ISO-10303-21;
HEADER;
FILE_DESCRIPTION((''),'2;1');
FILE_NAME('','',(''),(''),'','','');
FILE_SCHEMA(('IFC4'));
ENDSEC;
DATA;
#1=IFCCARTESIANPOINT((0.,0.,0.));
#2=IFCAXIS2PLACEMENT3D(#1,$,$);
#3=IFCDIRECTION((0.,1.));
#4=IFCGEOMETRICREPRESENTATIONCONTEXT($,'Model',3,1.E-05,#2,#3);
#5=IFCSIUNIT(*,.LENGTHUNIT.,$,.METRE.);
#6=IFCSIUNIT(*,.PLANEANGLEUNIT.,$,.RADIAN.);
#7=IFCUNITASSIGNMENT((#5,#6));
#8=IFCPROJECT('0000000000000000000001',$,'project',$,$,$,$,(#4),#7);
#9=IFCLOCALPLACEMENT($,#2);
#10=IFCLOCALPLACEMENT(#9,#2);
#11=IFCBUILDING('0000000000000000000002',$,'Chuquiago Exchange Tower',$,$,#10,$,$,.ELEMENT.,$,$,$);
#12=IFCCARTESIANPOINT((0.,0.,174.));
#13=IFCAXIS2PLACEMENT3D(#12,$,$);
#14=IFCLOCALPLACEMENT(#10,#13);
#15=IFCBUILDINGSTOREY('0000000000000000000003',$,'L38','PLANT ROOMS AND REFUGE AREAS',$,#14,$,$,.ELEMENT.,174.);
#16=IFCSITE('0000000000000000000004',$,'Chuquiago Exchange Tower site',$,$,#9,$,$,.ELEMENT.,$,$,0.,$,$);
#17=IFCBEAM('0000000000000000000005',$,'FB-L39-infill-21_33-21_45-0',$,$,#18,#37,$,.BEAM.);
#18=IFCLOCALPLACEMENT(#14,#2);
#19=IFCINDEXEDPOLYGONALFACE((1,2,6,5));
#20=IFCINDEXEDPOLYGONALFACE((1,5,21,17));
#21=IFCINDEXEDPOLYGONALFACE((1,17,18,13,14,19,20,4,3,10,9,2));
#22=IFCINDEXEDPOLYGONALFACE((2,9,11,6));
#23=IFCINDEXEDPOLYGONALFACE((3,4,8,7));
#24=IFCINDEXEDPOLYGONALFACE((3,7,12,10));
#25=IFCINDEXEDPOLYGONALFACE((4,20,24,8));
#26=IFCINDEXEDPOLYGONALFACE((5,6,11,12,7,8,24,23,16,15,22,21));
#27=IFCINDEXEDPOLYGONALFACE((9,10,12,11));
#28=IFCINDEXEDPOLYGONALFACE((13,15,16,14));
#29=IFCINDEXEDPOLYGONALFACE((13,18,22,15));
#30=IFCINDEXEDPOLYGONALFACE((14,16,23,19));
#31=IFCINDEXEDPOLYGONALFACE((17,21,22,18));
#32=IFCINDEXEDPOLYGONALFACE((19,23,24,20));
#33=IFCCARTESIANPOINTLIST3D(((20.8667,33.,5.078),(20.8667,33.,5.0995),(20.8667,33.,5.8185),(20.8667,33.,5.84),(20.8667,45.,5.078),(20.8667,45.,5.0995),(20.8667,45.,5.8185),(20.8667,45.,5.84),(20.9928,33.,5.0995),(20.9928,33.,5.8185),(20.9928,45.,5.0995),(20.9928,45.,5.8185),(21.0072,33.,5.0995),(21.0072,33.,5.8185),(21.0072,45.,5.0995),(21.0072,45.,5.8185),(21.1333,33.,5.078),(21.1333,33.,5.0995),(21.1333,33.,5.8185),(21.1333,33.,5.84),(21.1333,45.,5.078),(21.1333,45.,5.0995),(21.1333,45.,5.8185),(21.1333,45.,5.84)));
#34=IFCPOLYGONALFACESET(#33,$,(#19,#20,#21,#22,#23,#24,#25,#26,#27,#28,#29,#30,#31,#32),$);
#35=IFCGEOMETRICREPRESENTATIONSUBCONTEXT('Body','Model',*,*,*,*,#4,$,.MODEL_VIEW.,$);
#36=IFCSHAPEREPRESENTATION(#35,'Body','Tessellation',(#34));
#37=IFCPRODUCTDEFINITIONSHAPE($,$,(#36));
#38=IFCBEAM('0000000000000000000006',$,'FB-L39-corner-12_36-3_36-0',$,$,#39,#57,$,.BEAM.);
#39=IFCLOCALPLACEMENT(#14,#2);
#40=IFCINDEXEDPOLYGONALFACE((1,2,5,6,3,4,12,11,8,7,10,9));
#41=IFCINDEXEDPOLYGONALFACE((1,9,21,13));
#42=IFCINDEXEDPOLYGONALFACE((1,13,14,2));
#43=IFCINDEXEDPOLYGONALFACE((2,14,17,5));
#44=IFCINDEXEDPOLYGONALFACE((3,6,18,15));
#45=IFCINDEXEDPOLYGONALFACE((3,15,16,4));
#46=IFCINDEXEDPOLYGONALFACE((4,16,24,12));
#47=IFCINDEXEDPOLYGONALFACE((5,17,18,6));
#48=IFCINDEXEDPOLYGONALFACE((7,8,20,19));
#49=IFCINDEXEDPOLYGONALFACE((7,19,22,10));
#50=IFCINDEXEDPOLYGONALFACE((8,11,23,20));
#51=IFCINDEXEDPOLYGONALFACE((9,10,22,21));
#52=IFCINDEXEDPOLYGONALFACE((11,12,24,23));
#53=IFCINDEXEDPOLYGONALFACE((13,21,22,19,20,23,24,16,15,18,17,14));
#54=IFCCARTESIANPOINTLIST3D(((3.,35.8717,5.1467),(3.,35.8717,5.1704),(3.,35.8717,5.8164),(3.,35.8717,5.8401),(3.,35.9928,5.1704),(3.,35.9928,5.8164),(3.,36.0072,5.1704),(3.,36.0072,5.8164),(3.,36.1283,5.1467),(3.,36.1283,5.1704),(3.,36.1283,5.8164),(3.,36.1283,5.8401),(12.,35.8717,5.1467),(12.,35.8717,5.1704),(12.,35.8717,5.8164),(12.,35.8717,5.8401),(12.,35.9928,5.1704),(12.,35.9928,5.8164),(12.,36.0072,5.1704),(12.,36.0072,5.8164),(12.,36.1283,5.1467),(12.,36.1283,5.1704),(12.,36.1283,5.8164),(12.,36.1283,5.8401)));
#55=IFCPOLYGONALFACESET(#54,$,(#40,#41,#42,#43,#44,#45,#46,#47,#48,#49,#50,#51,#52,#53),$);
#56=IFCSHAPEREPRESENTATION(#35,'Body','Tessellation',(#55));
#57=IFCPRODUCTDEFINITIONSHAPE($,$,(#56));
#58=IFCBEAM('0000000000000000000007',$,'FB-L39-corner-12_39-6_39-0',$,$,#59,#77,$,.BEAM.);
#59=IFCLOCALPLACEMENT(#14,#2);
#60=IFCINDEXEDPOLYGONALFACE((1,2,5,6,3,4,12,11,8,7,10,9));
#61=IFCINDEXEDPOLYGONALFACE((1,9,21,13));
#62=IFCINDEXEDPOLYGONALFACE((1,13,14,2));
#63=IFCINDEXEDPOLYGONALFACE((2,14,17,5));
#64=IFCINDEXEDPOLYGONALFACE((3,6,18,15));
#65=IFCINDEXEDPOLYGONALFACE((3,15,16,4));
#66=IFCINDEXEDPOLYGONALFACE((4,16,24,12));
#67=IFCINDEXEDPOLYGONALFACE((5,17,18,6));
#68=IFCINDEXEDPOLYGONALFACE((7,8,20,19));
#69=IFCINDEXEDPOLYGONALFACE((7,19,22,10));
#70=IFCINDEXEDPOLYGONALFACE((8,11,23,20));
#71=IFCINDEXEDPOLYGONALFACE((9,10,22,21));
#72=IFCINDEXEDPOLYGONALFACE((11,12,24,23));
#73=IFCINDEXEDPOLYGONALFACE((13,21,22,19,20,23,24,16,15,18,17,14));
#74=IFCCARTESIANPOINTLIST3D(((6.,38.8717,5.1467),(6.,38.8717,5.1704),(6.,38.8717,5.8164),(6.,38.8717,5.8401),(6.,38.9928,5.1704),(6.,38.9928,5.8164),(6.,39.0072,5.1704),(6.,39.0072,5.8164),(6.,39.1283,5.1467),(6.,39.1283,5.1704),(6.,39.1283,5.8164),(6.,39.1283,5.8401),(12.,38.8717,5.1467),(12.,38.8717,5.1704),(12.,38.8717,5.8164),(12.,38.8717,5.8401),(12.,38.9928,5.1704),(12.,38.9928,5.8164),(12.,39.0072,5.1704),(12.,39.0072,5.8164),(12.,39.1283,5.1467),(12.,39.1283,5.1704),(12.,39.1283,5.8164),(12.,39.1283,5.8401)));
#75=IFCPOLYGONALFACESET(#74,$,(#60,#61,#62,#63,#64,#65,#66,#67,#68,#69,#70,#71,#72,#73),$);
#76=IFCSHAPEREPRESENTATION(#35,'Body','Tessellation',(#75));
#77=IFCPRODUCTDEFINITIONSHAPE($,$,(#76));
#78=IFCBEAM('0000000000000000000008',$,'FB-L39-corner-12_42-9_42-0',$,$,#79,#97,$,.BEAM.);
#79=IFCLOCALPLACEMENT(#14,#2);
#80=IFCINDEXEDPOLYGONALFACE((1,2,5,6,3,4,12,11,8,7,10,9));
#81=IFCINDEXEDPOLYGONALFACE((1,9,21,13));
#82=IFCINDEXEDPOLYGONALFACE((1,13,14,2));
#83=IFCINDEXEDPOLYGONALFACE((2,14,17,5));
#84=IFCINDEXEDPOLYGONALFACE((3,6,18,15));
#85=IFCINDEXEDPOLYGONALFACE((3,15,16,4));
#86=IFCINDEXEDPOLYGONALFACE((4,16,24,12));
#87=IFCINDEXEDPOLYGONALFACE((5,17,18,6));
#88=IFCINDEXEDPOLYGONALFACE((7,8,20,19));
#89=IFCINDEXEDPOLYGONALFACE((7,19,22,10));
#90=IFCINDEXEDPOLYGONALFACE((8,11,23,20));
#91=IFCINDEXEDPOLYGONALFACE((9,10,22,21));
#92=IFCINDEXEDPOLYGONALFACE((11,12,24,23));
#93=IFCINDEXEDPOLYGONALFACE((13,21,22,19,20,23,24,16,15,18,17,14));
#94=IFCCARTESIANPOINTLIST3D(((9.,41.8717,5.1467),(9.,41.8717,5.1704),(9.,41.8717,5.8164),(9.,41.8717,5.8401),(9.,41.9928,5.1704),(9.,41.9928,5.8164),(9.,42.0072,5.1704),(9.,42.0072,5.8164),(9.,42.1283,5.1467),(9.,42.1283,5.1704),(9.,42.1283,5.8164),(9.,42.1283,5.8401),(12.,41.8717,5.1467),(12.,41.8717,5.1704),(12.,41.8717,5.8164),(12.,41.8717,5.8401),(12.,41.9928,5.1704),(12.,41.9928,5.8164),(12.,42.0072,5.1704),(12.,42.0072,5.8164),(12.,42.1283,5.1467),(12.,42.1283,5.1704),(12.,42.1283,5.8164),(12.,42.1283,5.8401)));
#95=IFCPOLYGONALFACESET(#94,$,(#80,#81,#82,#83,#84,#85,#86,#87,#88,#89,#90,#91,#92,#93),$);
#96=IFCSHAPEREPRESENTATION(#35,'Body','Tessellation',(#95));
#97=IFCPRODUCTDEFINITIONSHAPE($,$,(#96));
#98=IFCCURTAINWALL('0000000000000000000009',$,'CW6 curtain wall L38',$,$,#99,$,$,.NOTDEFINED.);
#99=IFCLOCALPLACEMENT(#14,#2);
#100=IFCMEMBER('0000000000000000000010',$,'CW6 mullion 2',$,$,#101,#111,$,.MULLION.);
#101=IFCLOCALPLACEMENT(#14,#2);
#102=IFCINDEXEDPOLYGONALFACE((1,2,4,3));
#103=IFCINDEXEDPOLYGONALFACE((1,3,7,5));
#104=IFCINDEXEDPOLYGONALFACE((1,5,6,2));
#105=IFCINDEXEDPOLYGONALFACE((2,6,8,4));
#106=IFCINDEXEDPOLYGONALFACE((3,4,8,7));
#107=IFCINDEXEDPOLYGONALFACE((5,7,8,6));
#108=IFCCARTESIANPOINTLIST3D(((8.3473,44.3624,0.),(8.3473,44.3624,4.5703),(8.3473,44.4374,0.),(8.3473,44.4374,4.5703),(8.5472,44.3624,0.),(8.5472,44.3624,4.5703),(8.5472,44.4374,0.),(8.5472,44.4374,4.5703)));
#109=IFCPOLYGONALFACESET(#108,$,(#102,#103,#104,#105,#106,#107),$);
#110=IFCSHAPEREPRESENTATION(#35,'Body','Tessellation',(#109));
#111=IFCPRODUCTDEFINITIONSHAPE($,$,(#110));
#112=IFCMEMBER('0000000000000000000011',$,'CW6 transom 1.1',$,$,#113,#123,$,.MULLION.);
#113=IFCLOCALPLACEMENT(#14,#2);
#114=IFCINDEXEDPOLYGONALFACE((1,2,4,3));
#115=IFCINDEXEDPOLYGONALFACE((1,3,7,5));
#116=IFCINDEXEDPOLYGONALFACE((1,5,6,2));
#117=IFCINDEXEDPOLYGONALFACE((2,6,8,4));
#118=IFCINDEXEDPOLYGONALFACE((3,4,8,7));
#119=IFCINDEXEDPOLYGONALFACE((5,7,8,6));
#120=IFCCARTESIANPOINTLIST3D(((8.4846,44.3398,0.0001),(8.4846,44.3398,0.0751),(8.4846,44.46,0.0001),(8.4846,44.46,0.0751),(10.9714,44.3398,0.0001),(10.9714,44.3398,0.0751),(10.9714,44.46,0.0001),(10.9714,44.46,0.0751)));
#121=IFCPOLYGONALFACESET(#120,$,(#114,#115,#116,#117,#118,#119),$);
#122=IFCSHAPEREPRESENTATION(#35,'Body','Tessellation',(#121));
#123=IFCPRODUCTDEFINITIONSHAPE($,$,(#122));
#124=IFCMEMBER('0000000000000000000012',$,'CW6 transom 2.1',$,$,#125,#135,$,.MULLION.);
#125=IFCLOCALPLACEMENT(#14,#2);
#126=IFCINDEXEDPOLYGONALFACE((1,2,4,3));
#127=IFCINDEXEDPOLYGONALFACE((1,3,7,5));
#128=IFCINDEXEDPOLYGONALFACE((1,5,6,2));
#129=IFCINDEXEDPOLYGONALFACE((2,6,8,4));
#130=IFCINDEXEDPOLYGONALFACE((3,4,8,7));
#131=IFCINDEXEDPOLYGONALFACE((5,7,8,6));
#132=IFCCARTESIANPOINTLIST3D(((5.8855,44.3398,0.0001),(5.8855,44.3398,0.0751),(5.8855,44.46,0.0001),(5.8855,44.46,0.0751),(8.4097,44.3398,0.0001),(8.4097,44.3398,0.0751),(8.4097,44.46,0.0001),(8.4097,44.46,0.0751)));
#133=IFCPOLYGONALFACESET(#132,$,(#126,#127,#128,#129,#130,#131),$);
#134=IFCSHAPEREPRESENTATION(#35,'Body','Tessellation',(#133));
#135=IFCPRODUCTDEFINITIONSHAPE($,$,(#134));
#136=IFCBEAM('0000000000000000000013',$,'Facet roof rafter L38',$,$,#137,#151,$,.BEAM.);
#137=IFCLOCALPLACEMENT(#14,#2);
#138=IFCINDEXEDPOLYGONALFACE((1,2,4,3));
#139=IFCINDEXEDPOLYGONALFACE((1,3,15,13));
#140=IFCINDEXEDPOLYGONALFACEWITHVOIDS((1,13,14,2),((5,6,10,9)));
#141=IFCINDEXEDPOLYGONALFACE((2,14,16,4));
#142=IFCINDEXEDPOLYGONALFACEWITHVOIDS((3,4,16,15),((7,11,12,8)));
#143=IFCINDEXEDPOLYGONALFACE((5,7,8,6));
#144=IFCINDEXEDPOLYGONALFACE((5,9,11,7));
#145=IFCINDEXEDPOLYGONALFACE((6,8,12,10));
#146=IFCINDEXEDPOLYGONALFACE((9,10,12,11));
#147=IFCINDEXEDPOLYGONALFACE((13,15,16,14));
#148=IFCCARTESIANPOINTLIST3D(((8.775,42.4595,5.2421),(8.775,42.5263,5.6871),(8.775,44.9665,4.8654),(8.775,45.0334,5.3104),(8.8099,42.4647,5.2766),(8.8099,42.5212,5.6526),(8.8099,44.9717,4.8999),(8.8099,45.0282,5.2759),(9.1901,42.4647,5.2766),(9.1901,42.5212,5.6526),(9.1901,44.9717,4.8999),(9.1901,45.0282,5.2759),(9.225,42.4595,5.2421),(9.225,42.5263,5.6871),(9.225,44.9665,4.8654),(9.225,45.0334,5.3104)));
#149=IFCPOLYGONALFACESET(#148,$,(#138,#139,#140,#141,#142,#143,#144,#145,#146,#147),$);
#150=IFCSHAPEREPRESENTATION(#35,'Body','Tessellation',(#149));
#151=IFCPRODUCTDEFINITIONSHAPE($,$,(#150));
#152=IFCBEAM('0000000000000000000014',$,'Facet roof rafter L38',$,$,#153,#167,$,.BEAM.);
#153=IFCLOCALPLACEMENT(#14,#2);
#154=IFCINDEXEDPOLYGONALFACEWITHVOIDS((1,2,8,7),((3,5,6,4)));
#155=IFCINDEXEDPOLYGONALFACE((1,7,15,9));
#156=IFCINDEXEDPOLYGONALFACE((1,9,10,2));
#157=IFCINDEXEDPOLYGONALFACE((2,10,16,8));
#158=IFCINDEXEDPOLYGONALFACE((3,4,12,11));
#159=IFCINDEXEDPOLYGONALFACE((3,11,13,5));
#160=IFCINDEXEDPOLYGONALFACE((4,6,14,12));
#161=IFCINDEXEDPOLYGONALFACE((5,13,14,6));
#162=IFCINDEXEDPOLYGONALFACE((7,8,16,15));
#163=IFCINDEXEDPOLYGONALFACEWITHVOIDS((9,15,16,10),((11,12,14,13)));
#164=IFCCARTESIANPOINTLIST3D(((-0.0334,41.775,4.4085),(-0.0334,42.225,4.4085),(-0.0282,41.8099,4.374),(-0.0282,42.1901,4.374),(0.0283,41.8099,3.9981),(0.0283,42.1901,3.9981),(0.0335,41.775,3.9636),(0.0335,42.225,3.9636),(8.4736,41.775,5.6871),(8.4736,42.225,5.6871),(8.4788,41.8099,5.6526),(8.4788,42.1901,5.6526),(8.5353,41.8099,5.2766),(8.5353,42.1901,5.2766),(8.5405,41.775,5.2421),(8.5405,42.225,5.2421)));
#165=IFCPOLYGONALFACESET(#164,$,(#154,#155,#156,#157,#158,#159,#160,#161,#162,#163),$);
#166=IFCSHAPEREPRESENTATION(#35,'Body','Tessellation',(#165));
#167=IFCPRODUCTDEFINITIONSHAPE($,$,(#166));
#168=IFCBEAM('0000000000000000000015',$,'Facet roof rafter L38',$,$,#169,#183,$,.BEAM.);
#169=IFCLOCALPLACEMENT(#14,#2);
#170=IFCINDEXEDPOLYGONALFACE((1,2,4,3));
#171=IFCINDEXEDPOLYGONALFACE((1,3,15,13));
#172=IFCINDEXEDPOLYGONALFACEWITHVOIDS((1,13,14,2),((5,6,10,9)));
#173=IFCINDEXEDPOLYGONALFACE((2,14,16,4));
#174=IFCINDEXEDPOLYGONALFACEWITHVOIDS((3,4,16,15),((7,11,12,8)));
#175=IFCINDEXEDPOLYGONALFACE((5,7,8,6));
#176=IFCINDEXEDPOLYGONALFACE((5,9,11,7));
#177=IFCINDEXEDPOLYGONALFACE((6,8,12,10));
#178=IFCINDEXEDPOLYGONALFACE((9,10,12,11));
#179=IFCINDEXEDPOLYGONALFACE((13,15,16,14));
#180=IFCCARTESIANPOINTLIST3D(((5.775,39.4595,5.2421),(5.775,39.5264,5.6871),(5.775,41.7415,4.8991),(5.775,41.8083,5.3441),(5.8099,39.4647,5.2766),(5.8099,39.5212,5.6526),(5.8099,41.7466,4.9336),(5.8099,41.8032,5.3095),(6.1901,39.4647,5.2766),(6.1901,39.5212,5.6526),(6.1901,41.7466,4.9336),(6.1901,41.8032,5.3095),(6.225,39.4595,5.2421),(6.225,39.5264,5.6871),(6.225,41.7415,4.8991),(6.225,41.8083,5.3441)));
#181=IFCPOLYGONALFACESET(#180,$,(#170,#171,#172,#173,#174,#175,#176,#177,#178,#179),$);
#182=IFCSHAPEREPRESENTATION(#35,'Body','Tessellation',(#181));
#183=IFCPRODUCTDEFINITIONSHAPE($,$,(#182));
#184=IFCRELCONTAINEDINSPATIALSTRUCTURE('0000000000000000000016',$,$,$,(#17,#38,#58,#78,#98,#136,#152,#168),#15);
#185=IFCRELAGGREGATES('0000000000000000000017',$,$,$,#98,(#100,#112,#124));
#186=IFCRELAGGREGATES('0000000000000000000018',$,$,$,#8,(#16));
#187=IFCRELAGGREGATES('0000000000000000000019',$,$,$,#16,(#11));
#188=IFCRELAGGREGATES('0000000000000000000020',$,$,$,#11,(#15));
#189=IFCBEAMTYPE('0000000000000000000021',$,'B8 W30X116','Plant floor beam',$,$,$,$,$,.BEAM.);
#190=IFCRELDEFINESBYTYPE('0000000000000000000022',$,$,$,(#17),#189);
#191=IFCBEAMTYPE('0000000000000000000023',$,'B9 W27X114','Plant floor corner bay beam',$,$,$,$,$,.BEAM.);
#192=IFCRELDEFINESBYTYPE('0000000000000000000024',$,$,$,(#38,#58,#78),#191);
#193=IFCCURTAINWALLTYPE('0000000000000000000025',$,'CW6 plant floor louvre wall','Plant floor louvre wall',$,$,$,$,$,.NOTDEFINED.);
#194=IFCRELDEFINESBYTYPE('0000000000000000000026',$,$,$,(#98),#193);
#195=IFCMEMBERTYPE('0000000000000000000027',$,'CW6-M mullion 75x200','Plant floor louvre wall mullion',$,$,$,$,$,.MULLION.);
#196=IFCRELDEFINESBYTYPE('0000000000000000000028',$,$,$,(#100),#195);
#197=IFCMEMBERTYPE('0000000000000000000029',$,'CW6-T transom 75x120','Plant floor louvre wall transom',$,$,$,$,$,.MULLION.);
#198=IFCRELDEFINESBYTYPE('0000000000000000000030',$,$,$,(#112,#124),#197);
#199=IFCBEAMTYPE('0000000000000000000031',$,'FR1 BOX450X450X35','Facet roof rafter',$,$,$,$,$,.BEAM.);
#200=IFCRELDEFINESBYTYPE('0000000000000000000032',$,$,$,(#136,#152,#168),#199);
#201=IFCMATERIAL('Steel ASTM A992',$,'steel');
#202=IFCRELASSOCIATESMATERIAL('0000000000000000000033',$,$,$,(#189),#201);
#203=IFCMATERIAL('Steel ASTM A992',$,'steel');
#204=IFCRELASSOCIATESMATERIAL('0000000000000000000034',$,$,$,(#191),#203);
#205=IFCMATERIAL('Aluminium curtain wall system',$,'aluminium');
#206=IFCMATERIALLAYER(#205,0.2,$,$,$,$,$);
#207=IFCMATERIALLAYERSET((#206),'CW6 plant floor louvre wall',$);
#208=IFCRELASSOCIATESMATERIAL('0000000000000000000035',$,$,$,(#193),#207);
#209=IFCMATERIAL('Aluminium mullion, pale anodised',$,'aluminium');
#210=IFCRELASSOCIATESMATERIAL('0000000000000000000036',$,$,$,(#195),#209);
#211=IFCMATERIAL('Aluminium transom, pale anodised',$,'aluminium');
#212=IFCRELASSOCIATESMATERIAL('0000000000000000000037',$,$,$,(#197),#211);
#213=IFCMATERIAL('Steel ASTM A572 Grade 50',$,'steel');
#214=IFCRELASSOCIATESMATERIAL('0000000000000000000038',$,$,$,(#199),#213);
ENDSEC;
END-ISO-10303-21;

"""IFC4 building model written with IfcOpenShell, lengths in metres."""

from ifc_helpers import new_model, si_unit, direction, frame, origin, origin_2d, place, context, subcontext, project, spatial, rectangle, hollow_rectangle, i_section, extrude, material, layer, layer_set, material_profile, profile_set, type_object, element, aggregate, save


model = new_model("IFC4")

# Units and contexts
model_context = context("Model", 3, precision=1e-05, world=origin(), true_north=direction((0.0, 1.0)))
body_context = subcontext(model_context, "Body", "Model", "MODEL_VIEW")
ifc_project = project(units=[si_unit("LENGTHUNIT", "METRE"), si_unit("PLANEANGLEUNIT", "RADIAN")], contexts=[model_context])

# Site, building, storey
site_placement = place(None, origin())
site = spatial("IfcSite", under=ifc_project, at=site_placement, Name="Chuquiago Exchange Tower site", CompositionType="ELEMENT", RefElevation=0.0)
building_placement = place(site_placement, origin())
building = spatial("IfcBuilding", under=site, at=building_placement, Name="Chuquiago Exchange Tower", CompositionType="ELEMENT")
storey_placement = place(building_placement, frame((0.0, 0.0, 174.0)))
storey = spatial("IfcBuildingStorey", under=building, at=storey_placement, Name="L38", Description="PLANT ROOMS AND REFUGE AREAS", CompositionType="ELEMENT", Elevation=174.0)

# Beams
ifc_material_1 = material(Name="Steel ASTM A992", Category="steel")
ifc_material_profile_1 = material_profile(ifc_material_1, i_section(OverallWidth=0.2666, OverallDepth=0.762, WebThickness=0.0144, FlangeThickness=0.0215, at=origin_2d()), Name="W30X116")
ifc_profile_set_1 = profile_set([ifc_material_profile_1], Name="Steel ASTM A992")
beam_type_1 = type_object("IfcBeamType", Name="B8 W30X116", Description="Plant floor beam", PredefinedType="BEAM", material=ifc_profile_set_1)
beam_1_placement = place(storey_placement, frame((21.0, 33.0, 5.459), z_axis=(0.0, 1.0, 0.0), x_axis=(-1.0, 0.0, 0.0)))
element("IfcBeam", 1, at=beam_1_placement, inside=storey, type_object=beam_type_1, Name="FB-L39-infill-21_33-21_45-0", PredefinedType="BEAM", context=body_context, shape_type="SweptSolid", body=[
    extrude(i_section(OverallWidth=0.2666, OverallDepth=0.762, WebThickness=0.0144, FlangeThickness=0.0215, at=origin_2d()), origin(), (0.0, 0.0, 1.0), 12.0),
])
ifc_material_2 = material(Name="Steel ASTM A992", Category="steel")
ifc_material_profile_2 = material_profile(ifc_material_2, i_section(OverallWidth=0.2566, OverallDepth=0.6934, WebThickness=0.0144, FlangeThickness=0.0237, at=origin_2d()), Name="W27X114")
ifc_profile_set_2 = profile_set([ifc_material_profile_2], Name="Steel ASTM A992")
beam_type_2 = type_object("IfcBeamType", Name="B9 W27X114", Description="Plant floor corner bay beam", PredefinedType="BEAM", material=ifc_profile_set_2)
beam_2_placement = place(storey_placement, frame((12.0, 36.0, 5.4934), z_axis=(-1.0, 0.0, 0.0), x_axis=(0.0, -1.0, 0.0)))
element("IfcBeam", 2, at=beam_2_placement, inside=storey, type_object=beam_type_2, Name="FB-L39-corner-12_36-3_36-0", PredefinedType="BEAM", context=body_context, shape_type="SweptSolid", body=[
    extrude(i_section(OverallWidth=0.2566, OverallDepth=0.6934, WebThickness=0.0144, FlangeThickness=0.0237, at=origin_2d()), origin(), (0.0, 0.0, 1.0), 9.0),
])
beam_3_placement = place(storey_placement, frame((12.0, 39.0, 5.4934), z_axis=(-1.0, 0.0, 0.0), x_axis=(0.0, -1.0, 0.0)))
element("IfcBeam", 3, at=beam_3_placement, inside=storey, type_object=beam_type_2, Name="FB-L39-corner-12_39-6_39-0", PredefinedType="BEAM", context=body_context, shape_type="SweptSolid", body=[
    extrude(i_section(OverallWidth=0.2566, OverallDepth=0.6934, WebThickness=0.0144, FlangeThickness=0.0237, at=origin_2d()), origin(), (0.0, 0.0, 1.0), 6.0),
])
beam_4_placement = place(storey_placement, frame((12.0, 42.0, 5.4934), z_axis=(-1.0, 0.0, 0.0), x_axis=(0.0, -1.0, 0.0)))
element("IfcBeam", 4, at=beam_4_placement, inside=storey, type_object=beam_type_2, Name="FB-L39-corner-12_42-9_42-0", PredefinedType="BEAM", context=body_context, shape_type="SweptSolid", body=[
    extrude(i_section(OverallWidth=0.2566, OverallDepth=0.6934, WebThickness=0.0144, FlangeThickness=0.0237, at=origin_2d()), origin(), (0.0, 0.0, 1.0), 3.0),
])

# Curtain wall, members
ifc_material_3 = material(Name="Aluminium curtain wall system", Category="aluminium")
ifc_layer_1 = layer(ifc_material_3, 0.2)
ifc_layer_set_1 = layer_set([ifc_layer_1], Name="CW6 plant floor louvre wall")
curtain_wall_type = type_object("IfcCurtainWallType", Name="CW6 plant floor louvre wall", Description="Plant floor louvre wall", PredefinedType="NOTDEFINED", material=ifc_layer_set_1)
curtain_wall_placement = place(storey_placement, origin())
curtain_wall = element("IfcCurtainWall", 5, at=curtain_wall_placement, inside=storey, type_object=curtain_wall_type, Name="CW6 curtain wall L38", PredefinedType="NOTDEFINED")
ifc_material_4 = material(Name="Aluminium mullion, pale anodised", Category="aluminium")
ifc_material_profile_3 = material_profile(ifc_material_4, rectangle(XDim=0.075, YDim=0.2, at=origin_2d()), Name="AL 75x200")
ifc_profile_set_3 = profile_set([ifc_material_profile_3], Name="Aluminium mullion, pale anodised")
member_type_1 = type_object("IfcMemberType", Name="CW6-M mullion 75x200", Description="Plant floor louvre wall mullion", PredefinedType="MULLION", material=ifc_profile_set_3)
member_1_placement = place(storey_placement, frame((8.4473, 44.3999, 0.0), z_axis=(0.0, 0.0, 1.0), x_axis=(0.0, -1.0, 0.0)))
member_1 = element("IfcMember", 6, at=member_1_placement, type_object=member_type_1, Name="CW6 mullion 2", PredefinedType="MULLION", context=body_context, shape_type="SweptSolid", body=[
    extrude(rectangle(XDim=0.075, YDim=0.2, at=origin_2d()), origin(), (0.0, 0.0, 1.0), 4.5703),
])
ifc_material_5 = material(Name="Aluminium transom, pale anodised", Category="aluminium")
ifc_material_profile_4 = material_profile(ifc_material_5, rectangle(XDim=0.1201, YDim=0.075, at=origin_2d()), Name="AL 120x75")
ifc_profile_set_4 = profile_set([ifc_material_profile_4], Name="Aluminium transom, pale anodised")
member_type_2 = type_object("IfcMemberType", Name="CW6-T transom 75x120", Description="Plant floor louvre wall transom", PredefinedType="MULLION", material=ifc_profile_set_4)
member_2_placement = place(storey_placement, frame((10.9714, 44.3999, 0.0376), z_axis=(-1.0, 0.0, 0.0), x_axis=(0.0, -1.0, 0.0)))
member_2 = element("IfcMember", 7, at=member_2_placement, type_object=member_type_2, Name="CW6 transom 1.1", PredefinedType="MULLION", context=body_context, shape_type="SweptSolid", body=[
    extrude(rectangle(XDim=0.1201, YDim=0.075, at=origin_2d()), origin(), (0.0, 0.0, 1.0), 2.4868),
])
member_3_placement = place(storey_placement, frame((8.4097, 44.3999, 0.0376), z_axis=(-1.0, 0.0, 0.0), x_axis=(0.0, -1.0, 0.0)))
member_3 = element("IfcMember", 8, at=member_3_placement, type_object=member_type_2, Name="CW6 transom 2.1", PredefinedType="MULLION", context=body_context, shape_type="SweptSolid", body=[
    extrude(rectangle(XDim=0.1201, YDim=0.075, at=origin_2d()), origin(), (0.0, 0.0, 1.0), 2.5242),
])

# Beams
ifc_material_6 = material(Name="Steel ASTM A572 Grade 50", Category="steel")
ifc_material_profile_5 = material_profile(ifc_material_6, hollow_rectangle(XDim=0.45, YDim=0.45, WallThickness=0.0349, at=origin_2d()), Name="BOX450X450X35")
ifc_profile_set_5 = profile_set([ifc_material_profile_5], Name="Steel ASTM A572 Grade 50")
beam_type_3 = type_object("IfcBeamType", Name="FR1 BOX450X450X35", Description="Facet roof rafter", PredefinedType="BEAM", material=ifc_profile_set_5)
beam_5_placement = place(storey_placement, frame((9.0, 42.4929, 5.4646), z_axis=(0.0, 0.988899, -0.14859), x_axis=(-1.0, 0.0, 0.0)))
element("IfcBeam", 9, at=beam_5_placement, inside=storey, type_object=beam_type_3, Name="Facet roof rafter L38", PredefinedType="BEAM", context=body_context, shape_type="SweptSolid", body=[
    extrude(hollow_rectangle(XDim=0.45, YDim=0.45, WallThickness=0.0349, at=origin_2d()), origin(), (0.0, 0.0, 1.0), 2.5352),
])
beam_6_placement = place(storey_placement, frame((8.5071, 42.0, 5.4646), z_axis=(-0.988894, 0.0, -0.148625), x_axis=(0.0, -1.0, 0.0)))
element("IfcBeam", 10, at=beam_6_placement, inside=storey, type_object=beam_type_3, Name="Facet roof rafter L38", PredefinedType="BEAM", context=body_context, shape_type="SweptSolid", body=[
    extrude(hollow_rectangle(XDim=0.45, YDim=0.45, WallThickness=0.0349, at=origin_2d()), origin(), (0.0, 0.0, 1.0), 8.6025),
])
beam_7_placement = place(storey_placement, frame((6.0, 39.4929, 5.4646), z_axis=(0.0, 0.988891, -0.148646), x_axis=(-1.0, 0.0, 0.0)))
element("IfcBeam", 11, at=beam_7_placement, inside=storey, type_object=beam_type_3, Name="Facet roof rafter L38", PredefinedType="BEAM", context=body_context, shape_type="SweptSolid", body=[
    extrude(hollow_rectangle(XDim=0.45, YDim=0.45, WallThickness=0.0349, at=origin_2d()), origin(), (0.0, 0.0, 1.0), 2.3076),
])

aggregate(curtain_wall, [member_1, member_2, member_3])

save(model, "model.ifc")
